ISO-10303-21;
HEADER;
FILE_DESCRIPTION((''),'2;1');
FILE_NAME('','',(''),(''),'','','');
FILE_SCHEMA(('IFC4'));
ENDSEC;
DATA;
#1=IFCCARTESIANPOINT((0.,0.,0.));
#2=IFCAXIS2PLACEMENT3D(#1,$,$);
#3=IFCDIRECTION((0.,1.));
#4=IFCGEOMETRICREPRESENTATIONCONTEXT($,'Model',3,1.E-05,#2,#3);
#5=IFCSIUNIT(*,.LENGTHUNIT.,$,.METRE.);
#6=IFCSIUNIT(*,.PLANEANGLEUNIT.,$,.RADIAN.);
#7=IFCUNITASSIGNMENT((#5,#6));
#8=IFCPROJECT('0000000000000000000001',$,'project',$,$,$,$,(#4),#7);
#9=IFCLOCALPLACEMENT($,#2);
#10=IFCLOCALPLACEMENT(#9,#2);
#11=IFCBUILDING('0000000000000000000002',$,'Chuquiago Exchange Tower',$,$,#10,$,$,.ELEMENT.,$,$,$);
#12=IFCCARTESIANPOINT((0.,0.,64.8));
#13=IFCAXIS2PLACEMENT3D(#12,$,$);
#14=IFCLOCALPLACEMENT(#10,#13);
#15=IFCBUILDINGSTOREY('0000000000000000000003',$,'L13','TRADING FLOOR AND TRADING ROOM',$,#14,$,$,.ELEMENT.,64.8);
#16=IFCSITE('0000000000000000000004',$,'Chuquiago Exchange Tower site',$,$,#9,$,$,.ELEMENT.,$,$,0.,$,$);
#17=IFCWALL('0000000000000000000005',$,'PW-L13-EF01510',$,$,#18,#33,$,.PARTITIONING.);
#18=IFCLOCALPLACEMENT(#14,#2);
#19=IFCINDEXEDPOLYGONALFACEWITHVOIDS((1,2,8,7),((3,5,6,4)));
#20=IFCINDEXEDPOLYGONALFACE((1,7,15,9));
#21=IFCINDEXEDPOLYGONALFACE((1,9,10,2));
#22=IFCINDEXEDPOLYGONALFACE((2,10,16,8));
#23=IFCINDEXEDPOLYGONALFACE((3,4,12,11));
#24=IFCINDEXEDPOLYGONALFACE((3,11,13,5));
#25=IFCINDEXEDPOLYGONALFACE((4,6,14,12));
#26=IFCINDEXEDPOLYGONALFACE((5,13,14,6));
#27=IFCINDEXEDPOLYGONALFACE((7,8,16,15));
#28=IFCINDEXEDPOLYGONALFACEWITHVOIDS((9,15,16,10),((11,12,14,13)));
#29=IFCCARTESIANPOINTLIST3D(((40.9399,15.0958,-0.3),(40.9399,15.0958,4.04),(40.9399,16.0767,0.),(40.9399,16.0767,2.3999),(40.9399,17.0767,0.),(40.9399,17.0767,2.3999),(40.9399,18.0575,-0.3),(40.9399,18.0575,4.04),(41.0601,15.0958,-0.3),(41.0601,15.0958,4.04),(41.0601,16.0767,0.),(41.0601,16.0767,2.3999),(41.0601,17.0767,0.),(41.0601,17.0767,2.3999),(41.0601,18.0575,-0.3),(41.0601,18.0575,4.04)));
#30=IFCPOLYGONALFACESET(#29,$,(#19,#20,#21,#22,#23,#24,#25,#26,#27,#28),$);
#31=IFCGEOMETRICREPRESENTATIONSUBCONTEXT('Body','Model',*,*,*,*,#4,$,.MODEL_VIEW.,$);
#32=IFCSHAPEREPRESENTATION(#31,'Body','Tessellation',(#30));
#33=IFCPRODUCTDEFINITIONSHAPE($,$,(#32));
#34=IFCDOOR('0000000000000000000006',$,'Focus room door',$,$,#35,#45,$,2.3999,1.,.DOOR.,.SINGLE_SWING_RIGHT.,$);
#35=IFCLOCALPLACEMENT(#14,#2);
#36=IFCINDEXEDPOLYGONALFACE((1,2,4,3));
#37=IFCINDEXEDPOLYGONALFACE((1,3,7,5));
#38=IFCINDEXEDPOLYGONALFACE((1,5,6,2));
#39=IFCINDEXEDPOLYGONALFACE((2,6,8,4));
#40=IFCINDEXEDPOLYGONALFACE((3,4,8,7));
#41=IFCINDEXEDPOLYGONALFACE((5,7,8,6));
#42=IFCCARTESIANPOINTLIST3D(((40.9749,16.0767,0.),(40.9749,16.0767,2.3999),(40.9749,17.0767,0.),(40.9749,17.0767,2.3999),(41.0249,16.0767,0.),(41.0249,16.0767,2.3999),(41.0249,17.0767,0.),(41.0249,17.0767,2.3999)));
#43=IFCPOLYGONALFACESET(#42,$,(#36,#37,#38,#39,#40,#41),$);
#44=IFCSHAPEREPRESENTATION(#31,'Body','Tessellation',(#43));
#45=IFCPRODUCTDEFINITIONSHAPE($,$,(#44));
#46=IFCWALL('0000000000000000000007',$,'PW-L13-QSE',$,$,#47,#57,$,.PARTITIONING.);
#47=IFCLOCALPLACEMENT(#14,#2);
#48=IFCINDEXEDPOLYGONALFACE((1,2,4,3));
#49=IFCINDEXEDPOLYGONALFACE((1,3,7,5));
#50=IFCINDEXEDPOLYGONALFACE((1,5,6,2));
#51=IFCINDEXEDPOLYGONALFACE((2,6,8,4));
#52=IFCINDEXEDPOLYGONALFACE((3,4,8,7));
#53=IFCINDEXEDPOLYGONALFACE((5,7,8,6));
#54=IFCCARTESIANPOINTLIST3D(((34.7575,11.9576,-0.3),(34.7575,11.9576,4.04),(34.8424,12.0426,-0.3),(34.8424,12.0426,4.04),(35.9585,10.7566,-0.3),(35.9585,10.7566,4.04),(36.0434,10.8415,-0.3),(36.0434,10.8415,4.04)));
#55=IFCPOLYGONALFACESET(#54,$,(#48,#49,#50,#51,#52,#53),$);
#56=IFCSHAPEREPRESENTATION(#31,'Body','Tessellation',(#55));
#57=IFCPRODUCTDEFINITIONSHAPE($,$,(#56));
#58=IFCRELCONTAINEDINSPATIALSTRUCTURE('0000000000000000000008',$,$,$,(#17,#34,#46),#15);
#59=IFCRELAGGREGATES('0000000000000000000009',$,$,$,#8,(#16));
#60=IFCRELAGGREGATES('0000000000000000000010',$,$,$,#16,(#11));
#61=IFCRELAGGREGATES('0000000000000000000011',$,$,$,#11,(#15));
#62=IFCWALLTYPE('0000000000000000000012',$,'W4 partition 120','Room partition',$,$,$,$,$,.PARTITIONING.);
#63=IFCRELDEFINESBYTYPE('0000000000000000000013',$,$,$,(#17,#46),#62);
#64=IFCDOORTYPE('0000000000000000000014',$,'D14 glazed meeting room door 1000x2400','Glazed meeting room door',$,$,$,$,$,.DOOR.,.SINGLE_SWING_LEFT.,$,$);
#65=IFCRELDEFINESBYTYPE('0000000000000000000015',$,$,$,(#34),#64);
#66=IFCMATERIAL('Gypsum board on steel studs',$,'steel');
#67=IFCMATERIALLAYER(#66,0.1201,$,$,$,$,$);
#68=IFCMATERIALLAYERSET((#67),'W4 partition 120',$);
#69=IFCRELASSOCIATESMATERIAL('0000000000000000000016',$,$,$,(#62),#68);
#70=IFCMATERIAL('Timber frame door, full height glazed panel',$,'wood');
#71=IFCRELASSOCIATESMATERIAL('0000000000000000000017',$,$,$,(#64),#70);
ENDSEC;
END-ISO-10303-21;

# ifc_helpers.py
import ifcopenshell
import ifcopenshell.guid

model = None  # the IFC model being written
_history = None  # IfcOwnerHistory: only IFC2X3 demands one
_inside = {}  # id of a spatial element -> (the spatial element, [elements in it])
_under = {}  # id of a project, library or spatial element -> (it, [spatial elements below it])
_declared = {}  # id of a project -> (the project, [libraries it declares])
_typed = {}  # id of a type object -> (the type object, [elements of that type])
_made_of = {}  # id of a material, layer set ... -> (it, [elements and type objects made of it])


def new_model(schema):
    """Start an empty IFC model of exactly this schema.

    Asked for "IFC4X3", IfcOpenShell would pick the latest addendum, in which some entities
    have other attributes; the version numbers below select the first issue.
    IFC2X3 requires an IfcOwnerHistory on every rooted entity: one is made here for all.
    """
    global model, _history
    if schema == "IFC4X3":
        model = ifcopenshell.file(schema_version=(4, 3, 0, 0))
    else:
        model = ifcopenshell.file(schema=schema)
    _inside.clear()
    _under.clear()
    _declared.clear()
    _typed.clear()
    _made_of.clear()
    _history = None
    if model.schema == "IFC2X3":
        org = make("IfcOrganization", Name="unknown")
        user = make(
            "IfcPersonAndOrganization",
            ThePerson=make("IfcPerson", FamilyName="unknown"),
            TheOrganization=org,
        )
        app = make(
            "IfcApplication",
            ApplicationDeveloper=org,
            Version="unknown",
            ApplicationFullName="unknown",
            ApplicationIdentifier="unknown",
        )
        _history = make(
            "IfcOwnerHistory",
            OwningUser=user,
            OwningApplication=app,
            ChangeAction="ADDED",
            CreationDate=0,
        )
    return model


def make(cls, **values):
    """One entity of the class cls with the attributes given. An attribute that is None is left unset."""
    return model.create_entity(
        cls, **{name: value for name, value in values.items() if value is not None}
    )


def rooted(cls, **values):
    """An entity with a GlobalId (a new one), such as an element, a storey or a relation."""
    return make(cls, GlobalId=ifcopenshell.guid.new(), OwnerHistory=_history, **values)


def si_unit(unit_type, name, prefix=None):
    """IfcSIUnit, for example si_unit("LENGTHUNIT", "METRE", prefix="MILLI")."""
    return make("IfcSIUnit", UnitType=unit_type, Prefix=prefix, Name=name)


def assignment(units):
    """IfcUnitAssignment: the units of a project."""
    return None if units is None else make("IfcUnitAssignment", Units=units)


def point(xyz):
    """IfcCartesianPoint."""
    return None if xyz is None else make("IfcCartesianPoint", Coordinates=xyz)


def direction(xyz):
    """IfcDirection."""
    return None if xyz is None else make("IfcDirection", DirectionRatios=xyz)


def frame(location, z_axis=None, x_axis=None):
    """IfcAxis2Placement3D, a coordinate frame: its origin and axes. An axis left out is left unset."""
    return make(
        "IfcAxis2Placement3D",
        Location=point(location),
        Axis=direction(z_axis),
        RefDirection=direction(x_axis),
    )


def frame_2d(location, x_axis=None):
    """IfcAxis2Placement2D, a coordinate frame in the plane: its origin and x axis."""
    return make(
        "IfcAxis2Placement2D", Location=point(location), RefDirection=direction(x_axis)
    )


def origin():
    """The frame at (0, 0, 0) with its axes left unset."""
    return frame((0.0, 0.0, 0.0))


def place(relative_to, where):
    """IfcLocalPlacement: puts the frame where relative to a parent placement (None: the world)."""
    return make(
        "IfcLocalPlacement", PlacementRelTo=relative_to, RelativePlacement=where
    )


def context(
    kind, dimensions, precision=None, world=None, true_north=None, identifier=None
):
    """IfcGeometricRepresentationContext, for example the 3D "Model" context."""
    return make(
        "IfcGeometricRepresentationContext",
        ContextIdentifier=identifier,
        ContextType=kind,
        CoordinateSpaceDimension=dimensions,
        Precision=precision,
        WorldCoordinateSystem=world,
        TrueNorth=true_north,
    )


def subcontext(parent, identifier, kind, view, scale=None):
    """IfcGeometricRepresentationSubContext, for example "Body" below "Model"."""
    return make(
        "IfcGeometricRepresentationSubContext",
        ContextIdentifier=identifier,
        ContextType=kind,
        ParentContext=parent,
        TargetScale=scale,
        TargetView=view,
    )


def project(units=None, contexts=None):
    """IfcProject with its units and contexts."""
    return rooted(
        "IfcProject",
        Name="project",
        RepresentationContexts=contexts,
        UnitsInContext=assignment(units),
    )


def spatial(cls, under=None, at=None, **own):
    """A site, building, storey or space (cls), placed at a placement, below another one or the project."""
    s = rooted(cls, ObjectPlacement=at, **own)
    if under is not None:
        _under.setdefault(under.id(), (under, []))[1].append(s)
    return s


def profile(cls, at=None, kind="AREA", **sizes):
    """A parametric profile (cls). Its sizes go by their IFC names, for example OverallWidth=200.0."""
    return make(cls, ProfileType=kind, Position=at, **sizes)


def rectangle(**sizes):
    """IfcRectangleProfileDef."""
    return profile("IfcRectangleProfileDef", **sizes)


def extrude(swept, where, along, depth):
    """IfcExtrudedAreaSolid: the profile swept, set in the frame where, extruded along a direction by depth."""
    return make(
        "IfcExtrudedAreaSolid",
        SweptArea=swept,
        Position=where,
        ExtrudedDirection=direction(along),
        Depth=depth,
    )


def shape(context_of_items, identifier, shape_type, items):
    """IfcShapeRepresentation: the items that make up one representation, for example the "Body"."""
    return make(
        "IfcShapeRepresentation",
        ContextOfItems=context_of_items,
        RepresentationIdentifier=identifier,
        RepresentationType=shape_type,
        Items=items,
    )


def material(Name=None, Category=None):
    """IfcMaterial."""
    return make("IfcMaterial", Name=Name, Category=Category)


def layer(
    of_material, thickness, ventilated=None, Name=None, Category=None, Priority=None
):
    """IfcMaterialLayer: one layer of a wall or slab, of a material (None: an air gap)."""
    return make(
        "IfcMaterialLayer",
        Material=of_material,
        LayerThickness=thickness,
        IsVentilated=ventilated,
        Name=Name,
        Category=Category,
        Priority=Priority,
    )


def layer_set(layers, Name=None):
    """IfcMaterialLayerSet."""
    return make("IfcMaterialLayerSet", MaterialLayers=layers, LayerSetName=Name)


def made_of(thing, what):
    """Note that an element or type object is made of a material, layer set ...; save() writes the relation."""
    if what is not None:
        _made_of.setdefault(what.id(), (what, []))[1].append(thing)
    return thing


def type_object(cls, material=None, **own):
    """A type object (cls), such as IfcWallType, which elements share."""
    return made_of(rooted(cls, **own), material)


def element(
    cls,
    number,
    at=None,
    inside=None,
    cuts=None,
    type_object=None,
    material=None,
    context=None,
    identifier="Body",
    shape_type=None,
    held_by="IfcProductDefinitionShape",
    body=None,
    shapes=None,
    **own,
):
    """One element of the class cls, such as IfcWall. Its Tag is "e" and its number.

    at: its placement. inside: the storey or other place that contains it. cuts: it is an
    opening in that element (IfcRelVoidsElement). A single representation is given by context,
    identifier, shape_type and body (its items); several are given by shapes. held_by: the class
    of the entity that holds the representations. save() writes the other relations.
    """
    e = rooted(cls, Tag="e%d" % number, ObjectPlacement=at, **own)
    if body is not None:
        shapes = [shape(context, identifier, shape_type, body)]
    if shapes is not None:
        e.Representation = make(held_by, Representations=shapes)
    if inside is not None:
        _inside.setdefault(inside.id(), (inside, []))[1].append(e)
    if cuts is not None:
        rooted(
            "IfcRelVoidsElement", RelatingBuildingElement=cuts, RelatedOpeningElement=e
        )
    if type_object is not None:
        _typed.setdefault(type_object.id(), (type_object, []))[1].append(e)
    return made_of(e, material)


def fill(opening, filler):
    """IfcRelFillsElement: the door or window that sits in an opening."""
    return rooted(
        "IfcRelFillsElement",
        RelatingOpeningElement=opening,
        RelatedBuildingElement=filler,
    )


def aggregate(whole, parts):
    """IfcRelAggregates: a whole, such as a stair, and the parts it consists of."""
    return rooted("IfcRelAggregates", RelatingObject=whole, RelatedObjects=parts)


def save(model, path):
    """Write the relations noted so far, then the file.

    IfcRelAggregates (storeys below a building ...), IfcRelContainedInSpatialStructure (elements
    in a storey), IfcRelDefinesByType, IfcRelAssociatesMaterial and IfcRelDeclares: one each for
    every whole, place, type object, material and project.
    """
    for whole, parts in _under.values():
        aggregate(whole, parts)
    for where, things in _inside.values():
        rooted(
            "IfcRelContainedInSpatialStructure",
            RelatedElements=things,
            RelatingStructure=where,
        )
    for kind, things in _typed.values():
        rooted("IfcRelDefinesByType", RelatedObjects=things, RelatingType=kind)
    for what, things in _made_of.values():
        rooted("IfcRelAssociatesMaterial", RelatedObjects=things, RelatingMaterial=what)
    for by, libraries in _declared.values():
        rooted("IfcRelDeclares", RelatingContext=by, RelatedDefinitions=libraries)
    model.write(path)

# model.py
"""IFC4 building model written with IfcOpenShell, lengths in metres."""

from ifc_helpers import new_model, si_unit, direction, frame, frame_2d, origin, place, context, subcontext, project, spatial, rectangle, extrude, material, layer, layer_set, type_object, element, fill, save


model = new_model("IFC4")

# Units and contexts
model_context = context("Model", 3, precision=1e-05, world=origin(), true_north=direction((0.0, 1.0)))
body_context = subcontext(model_context, "Body", "Model", "MODEL_VIEW")
ifc_project = project(units=[si_unit("LENGTHUNIT", "METRE"), si_unit("PLANEANGLEUNIT", "RADIAN")], contexts=[model_context])

# Site, building, storey
site_placement = place(None, origin())
site = spatial("IfcSite", under=ifc_project, at=site_placement, Name="Chuquiago Exchange Tower site", CompositionType="ELEMENT", RefElevation=0.0)
building_placement = place(site_placement, origin())
building = spatial("IfcBuilding", under=site, at=building_placement, Name="Chuquiago Exchange Tower", CompositionType="ELEMENT")
storey_placement = place(building_placement, frame((0.0, 0.0, 64.8)))
storey = spatial("IfcBuildingStorey", under=building, at=storey_placement, Name="L13", Description="TRADING FLOOR AND TRADING ROOM", CompositionType="ELEMENT", Elevation=64.8)

# Shared definitions
ifc_material_1 = material(Name="Gypsum board on steel studs", Category="steel")
ifc_layer_1 = layer(ifc_material_1, 0.1201)
ifc_layer_set_1 = layer_set([ifc_layer_1], Name="W4 partition 120")
wall_type_1 = type_object("IfcWallType", Name="W4 partition 120", Description="Room partition", PredefinedType="PARTITIONING", material=ifc_layer_set_1)

# Wall, opening, door
wall_1_placement = place(storey_placement, frame((41.0, 15.0957, -0.3), z_axis=(0.0, 0.0, 1.0), x_axis=(0.0, 1.0, 0.0)))
wall_1 = element("IfcWall", 1, at=wall_1_placement, inside=storey, type_object=wall_type_1, Name="PW-L13-EF01510", PredefinedType="PARTITIONING", context=body_context, shape_type="SweptSolid", body=[
    extrude(rectangle(XDim=2.9617, YDim=0.1201, at=frame_2d((1.481, 0.0))), origin(), (0.0, 0.0, 1.0), 4.3401),
])
opening_1_placement = place(wall_1_placement, frame((0.981, 0.0, 0.3)))
opening_1 = element("IfcOpeningElement", 2, at=opening_1_placement, cuts=wall_1, PredefinedType="OPENING", context=body_context, shape_type="SweptSolid", body=[
    extrude(rectangle(XDim=1.0, YDim=2.3999, at=frame_2d((0.5, 1.2))), frame((0.0, 0.0701, 0.0), z_axis=(0.0, -1.0, 0.0), x_axis=(1.0, 0.0, 0.0)), (0.0, 0.0, 1.0), 0.1401),
])
ifc_material_2 = material(Name="Timber frame door, full height glazed panel", Category="wood")
door_type_1 = type_object("IfcDoorType", Name="D14 glazed meeting room door 1000x2400", Description="Glazed meeting room door", OperationType="SINGLE_SWING_LEFT", PredefinedType="DOOR", material=ifc_material_2)
door_1_placement = place(opening_1_placement, frame((1.0, 0.0, 0.0), z_axis=(0.0, 0.0, 1.0), x_axis=(-1.0, 0.0, 0.0)))
door_1 = element("IfcDoor", 3, at=door_1_placement, inside=storey, type_object=door_type_1, Name="Focus room door", OperationType="SINGLE_SWING_RIGHT", OverallHeight=2.3999, OverallWidth=1.0, PredefinedType="DOOR", context=body_context, shape_type="SweptSolid", body=[
    extrude(rectangle(XDim=1.0, YDim=2.3999, at=frame_2d((0.5, 1.2))), frame((0.0, 0.0249, 0.0), z_axis=(0.0, -1.0, 0.0), x_axis=(1.0, 0.0, 0.0)), (0.0, 0.0, 1.0), 0.05),
])
fill(opening_1, door_1)

# Wall
wall_2_placement = place(storey_placement, frame((34.8, 12.0, -0.3), z_axis=(0.0, 0.0, 1.0), x_axis=(0.707107, -0.707107, 0.0)))
element("IfcWall", 4, at=wall_2_placement, inside=storey, type_object=wall_type_1, Name="PW-L13-QSE", PredefinedType="PARTITIONING", context=body_context, shape_type="SweptSolid", body=[
    extrude(rectangle(XDim=1.6985, YDim=0.1201, at=frame_2d((0.8491, 0.0))), origin(), (0.0, 0.0, 1.0), 4.3401),
])

save(model, "model.ifc")
